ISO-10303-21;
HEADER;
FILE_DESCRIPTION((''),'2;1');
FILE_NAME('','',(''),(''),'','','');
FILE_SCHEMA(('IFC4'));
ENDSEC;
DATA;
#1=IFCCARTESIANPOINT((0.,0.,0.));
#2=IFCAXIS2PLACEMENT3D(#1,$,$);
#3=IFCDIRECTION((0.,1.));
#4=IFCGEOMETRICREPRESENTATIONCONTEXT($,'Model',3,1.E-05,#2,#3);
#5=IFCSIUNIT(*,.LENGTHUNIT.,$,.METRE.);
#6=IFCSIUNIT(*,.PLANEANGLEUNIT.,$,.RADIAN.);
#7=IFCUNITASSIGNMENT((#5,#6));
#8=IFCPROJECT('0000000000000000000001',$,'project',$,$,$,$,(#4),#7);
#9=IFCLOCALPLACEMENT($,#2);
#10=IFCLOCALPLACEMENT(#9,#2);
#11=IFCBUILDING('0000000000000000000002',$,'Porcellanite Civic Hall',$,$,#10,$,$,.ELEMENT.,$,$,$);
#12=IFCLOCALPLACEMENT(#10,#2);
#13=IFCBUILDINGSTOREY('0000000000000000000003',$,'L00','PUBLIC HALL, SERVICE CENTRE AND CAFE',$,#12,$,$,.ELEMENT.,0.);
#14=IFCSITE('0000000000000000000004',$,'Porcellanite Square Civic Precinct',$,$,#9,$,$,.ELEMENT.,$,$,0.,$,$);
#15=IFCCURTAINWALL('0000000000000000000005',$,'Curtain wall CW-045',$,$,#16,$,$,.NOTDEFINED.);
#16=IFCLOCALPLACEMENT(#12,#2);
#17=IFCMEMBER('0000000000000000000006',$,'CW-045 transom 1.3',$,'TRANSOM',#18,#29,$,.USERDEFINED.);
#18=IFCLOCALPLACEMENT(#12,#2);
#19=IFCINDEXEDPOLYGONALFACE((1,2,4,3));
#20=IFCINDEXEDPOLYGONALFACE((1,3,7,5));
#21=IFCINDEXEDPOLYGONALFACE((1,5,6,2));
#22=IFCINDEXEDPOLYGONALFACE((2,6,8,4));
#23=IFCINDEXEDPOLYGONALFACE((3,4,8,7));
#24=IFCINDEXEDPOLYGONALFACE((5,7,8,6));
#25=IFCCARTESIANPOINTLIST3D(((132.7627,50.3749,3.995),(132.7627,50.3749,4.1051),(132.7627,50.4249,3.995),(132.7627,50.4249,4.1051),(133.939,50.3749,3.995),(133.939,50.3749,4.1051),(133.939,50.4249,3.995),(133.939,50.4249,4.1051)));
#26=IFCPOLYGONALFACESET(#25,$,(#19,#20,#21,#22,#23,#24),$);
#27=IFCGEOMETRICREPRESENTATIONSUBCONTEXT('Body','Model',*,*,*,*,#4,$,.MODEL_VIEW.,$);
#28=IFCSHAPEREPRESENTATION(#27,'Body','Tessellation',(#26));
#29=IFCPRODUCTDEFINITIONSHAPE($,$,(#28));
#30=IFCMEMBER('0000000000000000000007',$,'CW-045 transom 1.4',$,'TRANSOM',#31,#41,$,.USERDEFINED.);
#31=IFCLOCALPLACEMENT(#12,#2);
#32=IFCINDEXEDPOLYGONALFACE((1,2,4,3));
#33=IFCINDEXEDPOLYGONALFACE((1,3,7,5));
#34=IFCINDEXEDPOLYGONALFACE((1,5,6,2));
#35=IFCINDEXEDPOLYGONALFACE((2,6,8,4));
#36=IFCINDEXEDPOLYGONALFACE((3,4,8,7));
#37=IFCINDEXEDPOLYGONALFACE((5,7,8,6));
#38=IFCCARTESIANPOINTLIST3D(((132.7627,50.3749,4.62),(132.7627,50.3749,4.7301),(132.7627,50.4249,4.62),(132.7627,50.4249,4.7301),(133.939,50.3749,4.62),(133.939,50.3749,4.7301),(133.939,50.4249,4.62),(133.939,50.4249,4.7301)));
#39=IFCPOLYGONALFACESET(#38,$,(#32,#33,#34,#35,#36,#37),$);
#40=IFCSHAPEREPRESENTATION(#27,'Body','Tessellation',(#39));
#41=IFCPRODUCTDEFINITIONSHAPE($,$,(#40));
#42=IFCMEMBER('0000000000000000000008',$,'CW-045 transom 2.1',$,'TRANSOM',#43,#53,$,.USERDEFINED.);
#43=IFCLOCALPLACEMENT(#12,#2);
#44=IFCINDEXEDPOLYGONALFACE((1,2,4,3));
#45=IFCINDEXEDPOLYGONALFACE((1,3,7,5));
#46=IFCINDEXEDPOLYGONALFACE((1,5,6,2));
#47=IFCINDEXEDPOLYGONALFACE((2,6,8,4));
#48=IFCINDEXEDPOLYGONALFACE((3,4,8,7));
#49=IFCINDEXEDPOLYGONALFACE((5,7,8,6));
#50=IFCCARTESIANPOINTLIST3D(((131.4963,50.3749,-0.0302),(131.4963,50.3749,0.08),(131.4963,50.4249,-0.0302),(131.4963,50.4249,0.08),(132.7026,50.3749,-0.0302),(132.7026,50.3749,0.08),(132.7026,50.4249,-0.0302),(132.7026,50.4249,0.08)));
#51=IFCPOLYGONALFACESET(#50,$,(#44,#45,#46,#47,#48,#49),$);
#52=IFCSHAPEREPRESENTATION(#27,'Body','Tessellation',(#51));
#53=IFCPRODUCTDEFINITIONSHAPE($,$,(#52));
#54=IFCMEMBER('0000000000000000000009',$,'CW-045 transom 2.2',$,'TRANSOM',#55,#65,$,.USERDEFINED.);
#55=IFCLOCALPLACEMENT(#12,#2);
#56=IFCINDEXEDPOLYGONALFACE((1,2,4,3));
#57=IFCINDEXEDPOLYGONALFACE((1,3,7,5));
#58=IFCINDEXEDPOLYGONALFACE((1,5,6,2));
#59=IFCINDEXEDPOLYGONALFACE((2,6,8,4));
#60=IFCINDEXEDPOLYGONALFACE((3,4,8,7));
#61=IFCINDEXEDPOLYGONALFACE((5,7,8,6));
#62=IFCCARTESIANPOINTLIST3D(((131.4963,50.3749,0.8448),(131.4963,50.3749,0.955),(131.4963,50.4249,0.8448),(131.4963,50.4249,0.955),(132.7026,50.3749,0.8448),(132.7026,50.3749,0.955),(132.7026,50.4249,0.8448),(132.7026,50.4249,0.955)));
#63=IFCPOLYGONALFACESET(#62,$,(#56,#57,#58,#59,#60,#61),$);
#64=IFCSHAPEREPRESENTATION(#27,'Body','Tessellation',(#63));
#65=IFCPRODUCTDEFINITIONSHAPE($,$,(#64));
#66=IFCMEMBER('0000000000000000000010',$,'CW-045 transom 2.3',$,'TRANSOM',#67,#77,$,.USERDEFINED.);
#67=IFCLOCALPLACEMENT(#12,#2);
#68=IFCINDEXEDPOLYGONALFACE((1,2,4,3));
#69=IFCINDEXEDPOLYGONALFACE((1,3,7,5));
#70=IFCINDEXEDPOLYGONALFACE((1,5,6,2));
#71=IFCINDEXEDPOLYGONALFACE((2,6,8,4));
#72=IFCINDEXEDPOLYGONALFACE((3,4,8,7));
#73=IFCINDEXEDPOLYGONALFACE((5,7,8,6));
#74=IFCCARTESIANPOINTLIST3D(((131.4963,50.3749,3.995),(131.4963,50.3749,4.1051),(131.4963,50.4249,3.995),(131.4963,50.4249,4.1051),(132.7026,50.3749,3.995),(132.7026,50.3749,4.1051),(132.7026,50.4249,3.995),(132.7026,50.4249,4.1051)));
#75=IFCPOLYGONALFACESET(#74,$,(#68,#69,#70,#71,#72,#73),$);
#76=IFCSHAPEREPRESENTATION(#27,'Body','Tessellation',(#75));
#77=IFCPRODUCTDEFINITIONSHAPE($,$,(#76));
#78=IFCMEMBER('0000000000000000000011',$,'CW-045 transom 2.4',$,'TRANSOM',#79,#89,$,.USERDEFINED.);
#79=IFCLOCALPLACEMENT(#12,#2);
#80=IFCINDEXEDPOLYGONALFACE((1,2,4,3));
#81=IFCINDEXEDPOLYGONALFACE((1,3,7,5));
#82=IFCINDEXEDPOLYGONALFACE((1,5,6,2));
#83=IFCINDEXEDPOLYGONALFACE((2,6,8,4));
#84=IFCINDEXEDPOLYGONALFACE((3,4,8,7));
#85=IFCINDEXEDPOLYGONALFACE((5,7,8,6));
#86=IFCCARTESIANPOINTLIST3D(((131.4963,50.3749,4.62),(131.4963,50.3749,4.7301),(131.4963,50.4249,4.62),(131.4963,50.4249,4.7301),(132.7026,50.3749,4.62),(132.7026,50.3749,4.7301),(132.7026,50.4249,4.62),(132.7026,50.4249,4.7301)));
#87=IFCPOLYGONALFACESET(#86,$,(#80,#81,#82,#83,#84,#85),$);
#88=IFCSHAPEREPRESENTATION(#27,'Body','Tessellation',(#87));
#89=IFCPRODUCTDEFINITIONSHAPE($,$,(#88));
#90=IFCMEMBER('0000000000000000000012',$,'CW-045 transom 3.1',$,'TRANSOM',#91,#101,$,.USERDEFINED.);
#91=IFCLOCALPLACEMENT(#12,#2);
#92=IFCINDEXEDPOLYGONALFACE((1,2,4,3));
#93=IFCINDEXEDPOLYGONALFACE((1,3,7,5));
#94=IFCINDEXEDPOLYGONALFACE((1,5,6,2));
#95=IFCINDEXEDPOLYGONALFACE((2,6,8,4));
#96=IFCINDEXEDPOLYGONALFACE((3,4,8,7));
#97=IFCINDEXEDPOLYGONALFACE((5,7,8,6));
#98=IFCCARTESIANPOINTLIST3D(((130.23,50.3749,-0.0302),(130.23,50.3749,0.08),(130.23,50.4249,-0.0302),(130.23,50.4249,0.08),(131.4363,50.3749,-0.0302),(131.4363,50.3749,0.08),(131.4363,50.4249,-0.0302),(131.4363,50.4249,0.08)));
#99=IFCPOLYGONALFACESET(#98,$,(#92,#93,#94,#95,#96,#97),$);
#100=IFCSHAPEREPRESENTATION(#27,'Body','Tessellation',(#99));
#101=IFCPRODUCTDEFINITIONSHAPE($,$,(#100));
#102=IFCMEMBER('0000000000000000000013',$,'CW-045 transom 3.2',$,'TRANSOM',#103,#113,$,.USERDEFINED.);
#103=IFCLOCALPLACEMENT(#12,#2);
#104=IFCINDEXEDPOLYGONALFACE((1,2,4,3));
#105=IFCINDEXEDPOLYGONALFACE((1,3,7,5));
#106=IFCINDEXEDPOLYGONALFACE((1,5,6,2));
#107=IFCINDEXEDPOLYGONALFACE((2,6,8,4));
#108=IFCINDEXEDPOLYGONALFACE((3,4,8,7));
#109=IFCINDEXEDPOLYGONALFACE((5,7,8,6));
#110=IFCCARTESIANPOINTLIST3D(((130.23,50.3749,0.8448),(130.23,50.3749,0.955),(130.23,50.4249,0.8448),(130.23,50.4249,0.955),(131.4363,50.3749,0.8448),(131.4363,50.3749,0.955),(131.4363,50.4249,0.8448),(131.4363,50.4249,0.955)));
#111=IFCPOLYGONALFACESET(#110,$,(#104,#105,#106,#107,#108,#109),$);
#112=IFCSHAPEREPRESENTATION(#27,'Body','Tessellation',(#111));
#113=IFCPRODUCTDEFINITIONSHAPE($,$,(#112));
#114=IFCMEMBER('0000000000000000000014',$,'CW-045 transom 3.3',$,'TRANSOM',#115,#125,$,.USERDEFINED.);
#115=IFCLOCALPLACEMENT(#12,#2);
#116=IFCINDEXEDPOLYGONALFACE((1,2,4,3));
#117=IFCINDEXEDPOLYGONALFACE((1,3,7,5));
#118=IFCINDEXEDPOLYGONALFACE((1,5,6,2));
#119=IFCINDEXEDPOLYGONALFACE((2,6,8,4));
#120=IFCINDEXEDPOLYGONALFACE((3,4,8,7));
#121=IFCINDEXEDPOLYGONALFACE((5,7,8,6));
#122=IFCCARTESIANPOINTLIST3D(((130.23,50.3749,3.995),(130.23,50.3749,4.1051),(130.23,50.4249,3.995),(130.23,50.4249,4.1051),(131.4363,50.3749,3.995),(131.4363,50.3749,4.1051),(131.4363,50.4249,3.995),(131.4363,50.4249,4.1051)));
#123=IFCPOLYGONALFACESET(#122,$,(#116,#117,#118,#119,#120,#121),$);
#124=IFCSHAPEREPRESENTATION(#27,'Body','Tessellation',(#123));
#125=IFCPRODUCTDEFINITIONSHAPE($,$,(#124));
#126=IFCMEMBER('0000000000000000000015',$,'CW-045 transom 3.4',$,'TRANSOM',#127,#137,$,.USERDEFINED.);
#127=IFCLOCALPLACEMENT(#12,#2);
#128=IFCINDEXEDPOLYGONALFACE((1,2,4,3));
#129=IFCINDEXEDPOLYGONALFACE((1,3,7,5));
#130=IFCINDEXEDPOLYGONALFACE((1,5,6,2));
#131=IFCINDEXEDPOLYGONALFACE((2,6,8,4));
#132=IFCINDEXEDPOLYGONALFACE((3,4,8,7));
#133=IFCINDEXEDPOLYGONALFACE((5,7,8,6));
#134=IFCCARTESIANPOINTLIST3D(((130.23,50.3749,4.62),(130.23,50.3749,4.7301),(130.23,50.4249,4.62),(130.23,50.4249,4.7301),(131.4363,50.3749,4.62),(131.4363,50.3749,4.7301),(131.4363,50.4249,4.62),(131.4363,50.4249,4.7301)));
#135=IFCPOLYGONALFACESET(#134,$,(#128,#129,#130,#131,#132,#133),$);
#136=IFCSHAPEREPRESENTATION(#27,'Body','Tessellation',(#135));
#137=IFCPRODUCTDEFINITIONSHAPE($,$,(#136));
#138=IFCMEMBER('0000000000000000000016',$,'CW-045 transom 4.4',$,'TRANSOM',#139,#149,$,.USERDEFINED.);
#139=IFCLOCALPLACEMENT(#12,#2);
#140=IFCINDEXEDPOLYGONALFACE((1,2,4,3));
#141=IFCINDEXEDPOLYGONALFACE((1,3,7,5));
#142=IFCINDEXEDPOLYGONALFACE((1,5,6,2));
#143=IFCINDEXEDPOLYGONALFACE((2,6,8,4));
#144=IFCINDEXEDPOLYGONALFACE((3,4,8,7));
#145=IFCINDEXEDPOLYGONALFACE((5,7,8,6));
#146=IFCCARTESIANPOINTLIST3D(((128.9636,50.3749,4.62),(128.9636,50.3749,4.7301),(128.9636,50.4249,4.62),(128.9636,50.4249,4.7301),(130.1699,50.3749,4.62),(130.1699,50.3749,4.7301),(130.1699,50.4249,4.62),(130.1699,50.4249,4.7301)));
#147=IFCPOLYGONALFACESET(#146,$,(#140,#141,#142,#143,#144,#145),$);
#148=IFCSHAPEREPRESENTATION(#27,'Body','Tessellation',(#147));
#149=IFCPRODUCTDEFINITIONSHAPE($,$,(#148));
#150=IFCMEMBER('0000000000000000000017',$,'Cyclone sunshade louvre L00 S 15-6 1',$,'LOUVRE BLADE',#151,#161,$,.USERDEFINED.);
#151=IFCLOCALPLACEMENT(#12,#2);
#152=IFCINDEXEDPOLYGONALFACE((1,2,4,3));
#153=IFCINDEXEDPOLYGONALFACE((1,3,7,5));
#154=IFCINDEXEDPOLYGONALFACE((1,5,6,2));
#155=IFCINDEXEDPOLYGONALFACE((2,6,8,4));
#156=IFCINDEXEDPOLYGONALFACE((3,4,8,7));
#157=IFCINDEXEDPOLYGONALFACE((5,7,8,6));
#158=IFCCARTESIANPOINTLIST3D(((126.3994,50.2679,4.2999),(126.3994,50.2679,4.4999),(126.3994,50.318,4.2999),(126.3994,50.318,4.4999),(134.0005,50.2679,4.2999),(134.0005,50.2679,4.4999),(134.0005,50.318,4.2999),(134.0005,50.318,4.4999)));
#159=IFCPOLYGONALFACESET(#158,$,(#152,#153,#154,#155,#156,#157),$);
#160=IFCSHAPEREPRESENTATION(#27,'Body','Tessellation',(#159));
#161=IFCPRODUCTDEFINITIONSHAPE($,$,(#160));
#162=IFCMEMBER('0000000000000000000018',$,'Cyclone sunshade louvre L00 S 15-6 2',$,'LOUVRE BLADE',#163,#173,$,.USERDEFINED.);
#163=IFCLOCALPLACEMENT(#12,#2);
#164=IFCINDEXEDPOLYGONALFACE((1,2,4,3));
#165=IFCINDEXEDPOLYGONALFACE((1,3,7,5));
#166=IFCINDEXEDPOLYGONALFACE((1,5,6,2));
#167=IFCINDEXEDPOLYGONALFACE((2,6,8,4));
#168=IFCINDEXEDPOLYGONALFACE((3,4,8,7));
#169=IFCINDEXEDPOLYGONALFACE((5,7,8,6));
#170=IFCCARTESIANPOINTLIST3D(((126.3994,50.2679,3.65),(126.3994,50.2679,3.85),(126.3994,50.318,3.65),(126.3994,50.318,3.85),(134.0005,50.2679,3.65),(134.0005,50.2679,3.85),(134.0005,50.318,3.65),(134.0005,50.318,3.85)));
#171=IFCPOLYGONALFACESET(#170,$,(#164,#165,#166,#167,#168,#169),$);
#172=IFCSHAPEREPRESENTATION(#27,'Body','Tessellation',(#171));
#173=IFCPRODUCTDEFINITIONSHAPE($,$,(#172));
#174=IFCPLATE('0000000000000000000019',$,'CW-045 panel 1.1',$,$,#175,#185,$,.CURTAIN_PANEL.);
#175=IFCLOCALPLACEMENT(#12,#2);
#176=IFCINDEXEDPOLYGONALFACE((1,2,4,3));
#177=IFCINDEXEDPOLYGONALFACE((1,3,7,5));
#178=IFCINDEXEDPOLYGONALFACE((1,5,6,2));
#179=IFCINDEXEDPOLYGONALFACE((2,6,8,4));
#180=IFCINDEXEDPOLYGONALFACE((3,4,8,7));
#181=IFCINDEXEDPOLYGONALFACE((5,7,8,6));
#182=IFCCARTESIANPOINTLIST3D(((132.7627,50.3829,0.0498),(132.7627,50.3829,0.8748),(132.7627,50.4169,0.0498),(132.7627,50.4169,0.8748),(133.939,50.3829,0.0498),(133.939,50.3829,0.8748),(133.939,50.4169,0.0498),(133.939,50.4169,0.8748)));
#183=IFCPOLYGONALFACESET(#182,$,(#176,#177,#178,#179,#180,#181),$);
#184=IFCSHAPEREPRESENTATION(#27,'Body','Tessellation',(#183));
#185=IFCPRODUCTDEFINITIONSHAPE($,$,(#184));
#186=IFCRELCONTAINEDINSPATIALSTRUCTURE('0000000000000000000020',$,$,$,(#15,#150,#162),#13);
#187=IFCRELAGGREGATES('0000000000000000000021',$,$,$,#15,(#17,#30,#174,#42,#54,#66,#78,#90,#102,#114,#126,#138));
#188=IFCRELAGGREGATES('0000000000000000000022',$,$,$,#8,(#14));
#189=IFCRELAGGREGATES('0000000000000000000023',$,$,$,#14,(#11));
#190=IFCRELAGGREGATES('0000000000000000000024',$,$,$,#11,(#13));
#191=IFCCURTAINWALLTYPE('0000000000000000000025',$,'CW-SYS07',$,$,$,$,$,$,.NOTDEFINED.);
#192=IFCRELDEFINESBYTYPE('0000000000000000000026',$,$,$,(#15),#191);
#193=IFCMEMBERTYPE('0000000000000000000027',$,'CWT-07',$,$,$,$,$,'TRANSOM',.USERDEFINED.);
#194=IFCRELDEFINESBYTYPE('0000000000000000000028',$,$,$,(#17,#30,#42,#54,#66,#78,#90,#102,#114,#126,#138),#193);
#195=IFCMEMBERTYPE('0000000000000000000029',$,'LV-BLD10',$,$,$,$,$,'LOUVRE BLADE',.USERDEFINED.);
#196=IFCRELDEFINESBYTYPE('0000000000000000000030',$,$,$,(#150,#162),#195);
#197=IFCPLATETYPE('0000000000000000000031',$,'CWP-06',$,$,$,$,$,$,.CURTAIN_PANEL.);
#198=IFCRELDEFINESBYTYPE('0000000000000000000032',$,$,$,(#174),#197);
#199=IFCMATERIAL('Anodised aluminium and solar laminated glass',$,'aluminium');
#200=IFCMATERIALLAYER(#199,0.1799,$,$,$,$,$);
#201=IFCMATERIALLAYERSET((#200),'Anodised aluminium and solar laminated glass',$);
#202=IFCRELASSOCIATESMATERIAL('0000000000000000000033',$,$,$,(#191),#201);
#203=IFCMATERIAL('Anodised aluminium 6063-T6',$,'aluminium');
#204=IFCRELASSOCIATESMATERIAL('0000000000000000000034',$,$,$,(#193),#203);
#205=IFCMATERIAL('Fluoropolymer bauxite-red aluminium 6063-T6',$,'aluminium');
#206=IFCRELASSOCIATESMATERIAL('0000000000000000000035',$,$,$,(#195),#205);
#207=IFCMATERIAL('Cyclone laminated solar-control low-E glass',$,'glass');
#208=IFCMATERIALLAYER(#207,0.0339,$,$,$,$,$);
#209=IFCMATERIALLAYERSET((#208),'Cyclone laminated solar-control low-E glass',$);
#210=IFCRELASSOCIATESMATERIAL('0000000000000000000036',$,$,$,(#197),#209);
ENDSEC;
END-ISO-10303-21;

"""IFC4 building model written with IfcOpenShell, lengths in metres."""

from ifc_helpers import new_model, si_unit, direction, frame, origin, origin_2d, place, context, subcontext, project, spatial, rectangle, extrude, material, layer, layer_set, material_profile, profile_set, type_object, element, aggregate, save


model = new_model("IFC4")

# Units and contexts
model_context = context("Model", 3, precision=1e-05, world=origin(), true_north=direction((0.0, 1.0)))
body_context = subcontext(model_context, "Body", "Model", "MODEL_VIEW")
ifc_project = project(units=[si_unit("LENGTHUNIT", "METRE"), si_unit("PLANEANGLEUNIT", "RADIAN")], contexts=[model_context])

# Site, building, storey
site_placement = place(None, origin())
site = spatial("IfcSite", under=ifc_project, at=site_placement, Name="Porcellanite Square Civic Precinct", CompositionType="ELEMENT", RefElevation=0.0)
building_placement = place(site_placement, origin())
building = spatial("IfcBuilding", under=site, at=building_placement, Name="Porcellanite Civic Hall", CompositionType="ELEMENT")
storey_placement = place(building_placement, origin())
storey = spatial("IfcBuildingStorey", under=building, at=storey_placement, Name="L00", Description="PUBLIC HALL, SERVICE CENTRE AND CAFE", CompositionType="ELEMENT", Elevation=0.0)

# Curtain wall, members
ifc_material_1 = material(Name="Anodised aluminium and solar laminated glass", Category="aluminium")
ifc_layer_1 = layer(ifc_material_1, 0.1799)
ifc_layer_set_1 = layer_set([ifc_layer_1], Name="Anodised aluminium and solar laminated glass")
curtain_wall_type = type_object("IfcCurtainWallType", Name="CW-SYS07", PredefinedType="NOTDEFINED", material=ifc_layer_set_1)
curtain_wall_placement = place(storey_placement, origin())
curtain_wall = element("IfcCurtainWall", 1, at=curtain_wall_placement, inside=storey, type_object=curtain_wall_type, Name="Curtain wall CW-045", PredefinedType="NOTDEFINED")
ifc_material_2 = material(Name="Anodised aluminium 6063-T6", Category="aluminium")
ifc_material_profile_1 = material_profile(ifc_material_2, rectangle(XDim=0.05, YDim=0.1101, at=origin_2d()), Name="AL-50x110")
ifc_profile_set_1 = profile_set([ifc_material_profile_1], Name="Anodised aluminium 6063-T6")
member_type_1 = type_object("IfcMemberType", Name="CWT-07", ElementType="TRANSOM", PredefinedType="USERDEFINED", material=ifc_profile_set_1)
member_1_placement = place(storey_placement, frame((133.939, 50.3999, 4.05), z_axis=(-1.0, 0.0, 0.0), x_axis=(0.0, -1.0, 0.0)))
member_1 = element("IfcMember", 2, at=member_1_placement, type_object=member_type_1, Name="CW-045 transom 1.3", ObjectType="TRANSOM", PredefinedType="USERDEFINED", context=body_context, shape_type="SweptSolid", body=[
    extrude(rectangle(XDim=0.05, YDim=0.1101, at=origin_2d()), origin(), (0.0, 0.0, 1.0), 1.1763),
])
member_2_placement = place(storey_placement, frame((133.939, 50.3999, 4.675), z_axis=(-1.0, 0.0, 0.0), x_axis=(0.0, -1.0, 0.0)))
member_2 = element("IfcMember", 3, at=member_2_placement, type_object=member_type_1, Name="CW-045 transom 1.4", ObjectType="TRANSOM", PredefinedType="USERDEFINED", context=body_context, shape_type="SweptSolid", body=[
    extrude(rectangle(XDim=0.05, YDim=0.1101, at=origin_2d()), origin(), (0.0, 0.0, 1.0), 1.1763),
])
member_3_placement = place(storey_placement, frame((132.7026, 50.3999, 0.0249), z_axis=(-1.0, 0.0, 0.0), x_axis=(0.0, -1.0, 0.0)))
member_3 = element("IfcMember", 4, at=member_3_placement, type_object=member_type_1, Name="CW-045 transom 2.1", ObjectType="TRANSOM", PredefinedType="USERDEFINED", context=body_context, shape_type="SweptSolid", body=[
    extrude(rectangle(XDim=0.05, YDim=0.1101, at=origin_2d()), origin(), (0.0, 0.0, 1.0), 1.2063),
])
member_4_placement = place(storey_placement, frame((132.7026, 50.3999, 0.8999), z_axis=(-1.0, 0.0, 0.0), x_axis=(0.0, -1.0, 0.0)))
member_4 = element("IfcMember", 5, at=member_4_placement, type_object=member_type_1, Name="CW-045 transom 2.2", ObjectType="TRANSOM", PredefinedType="USERDEFINED", context=body_context, shape_type="SweptSolid", body=[
    extrude(rectangle(XDim=0.05, YDim=0.1101, at=origin_2d()), origin(), (0.0, 0.0, 1.0), 1.2063),
])
member_5_placement = place(storey_placement, frame((132.7026, 50.3999, 4.05), z_axis=(-1.0, 0.0, 0.0), x_axis=(0.0, -1.0, 0.0)))
member_5 = element("IfcMember", 6, at=member_5_placement, type_object=member_type_1, Name="CW-045 transom 2.3", ObjectType="TRANSOM", PredefinedType="USERDEFINED", context=body_context, shape_type="SweptSolid", body=[
    extrude(rectangle(XDim=0.05, YDim=0.1101, at=origin_2d()), origin(), (0.0, 0.0, 1.0), 1.2063),
])
member_6_placement = place(storey_placement, frame((132.7026, 50.3999, 4.675), z_axis=(-1.0, 0.0, 0.0), x_axis=(0.0, -1.0, 0.0)))
member_6 = element("IfcMember", 7, at=member_6_placement, type_object=member_type_1, Name="CW-045 transom 2.4", ObjectType="TRANSOM", PredefinedType="USERDEFINED", context=body_context, shape_type="SweptSolid", body=[
    extrude(rectangle(XDim=0.05, YDim=0.1101, at=origin_2d()), origin(), (0.0, 0.0, 1.0), 1.2063),
])
member_7_placement = place(storey_placement, frame((131.4363, 50.3999, 0.0249), z_axis=(-1.0, 0.0, 0.0), x_axis=(0.0, -1.0, 0.0)))
member_7 = element("IfcMember", 8, at=member_7_placement, type_object=member_type_1, Name="CW-045 transom 3.1", ObjectType="TRANSOM", PredefinedType="USERDEFINED", context=body_context, shape_type="SweptSolid", body=[
    extrude(rectangle(XDim=0.05, YDim=0.1101, at=origin_2d()), origin(), (0.0, 0.0, 1.0), 1.2063),
])
member_8_placement = place(storey_placement, frame((131.4363, 50.3999, 0.8999), z_axis=(-1.0, 0.0, 0.0), x_axis=(0.0, -1.0, 0.0)))
member_8 = element("IfcMember", 9, at=member_8_placement, type_object=member_type_1, Name="CW-045 transom 3.2", ObjectType="TRANSOM", PredefinedType="USERDEFINED", context=body_context, shape_type="SweptSolid", body=[
    extrude(rectangle(XDim=0.05, YDim=0.1101, at=origin_2d()), origin(), (0.0, 0.0, 1.0), 1.2063),
])
member_9_placement = place(storey_placement, frame((131.4363, 50.3999, 4.05), z_axis=(-1.0, 0.0, 0.0), x_axis=(0.0, -1.0, 0.0)))
member_9 = element("IfcMember", 10, at=member_9_placement, type_object=member_type_1, Name="CW-045 transom 3.3", ObjectType="TRANSOM", PredefinedType="USERDEFINED", context=body_context, shape_type="SweptSolid", body=[
    extrude(rectangle(XDim=0.05, YDim=0.1101, at=origin_2d()), origin(), (0.0, 0.0, 1.0), 1.2063),
])
member_10_placement = place(storey_placement, frame((131.4363, 50.3999, 4.675), z_axis=(-1.0, 0.0, 0.0), x_axis=(0.0, -1.0, 0.0)))
member_10 = element("IfcMember", 11, at=member_10_placement, type_object=member_type_1, Name="CW-045 transom 3.4", ObjectType="TRANSOM", PredefinedType="USERDEFINED", context=body_context, shape_type="SweptSolid", body=[
    extrude(rectangle(XDim=0.05, YDim=0.1101, at=origin_2d()), origin(), (0.0, 0.0, 1.0), 1.2063),
])
member_11_placement = place(storey_placement, frame((130.1699, 50.3999, 4.675), z_axis=(-1.0, 0.0, 0.0), x_axis=(0.0, -1.0, 0.0)))
member_11 = element("IfcMember", 12, at=member_11_placement, type_object=member_type_1, Name="CW-045 transom 4.4", ObjectType="TRANSOM", PredefinedType="USERDEFINED", context=body_context, shape_type="SweptSolid", body=[
    extrude(rectangle(XDim=0.05, YDim=0.1101, at=origin_2d()), origin(), (0.0, 0.0, 1.0), 1.2063),
])

# Members
ifc_material_3 = material(Name="Fluoropolymer bauxite-red aluminium 6063-T6", Category="aluminium")
ifc_material_profile_2 = material_profile(ifc_material_3, rectangle(XDim=0.05, YDim=0.2, at=origin_2d()), Name="AL-50x200")
ifc_profile_set_2 = profile_set([ifc_material_profile_2], Name="Fluoropolymer bauxite-red aluminium 6063-T6")
member_type_2 = type_object("IfcMemberType", Name="LV-BLD10", ElementType="LOUVRE BLADE", PredefinedType="USERDEFINED", material=ifc_profile_set_2)
for number, where, z_axis, x_axis, name in (
    (13, (134.0005, 50.293, 4.3999), (-1.0, 0.0, 0.0), (0.0, -1.0, 0.0), "Cyclone sunshade louvre L00 S 15-6 1"),
    (14, (134.0005, 50.293, 3.75), (-1.0, 0.0, 0.0), (0.0, -1.0, 0.0), "Cyclone sunshade louvre L00 S 15-6 2"),
):
    element("IfcMember", number, at=place(storey_placement, frame(where, z_axis=z_axis, x_axis=x_axis)), inside=storey, type_object=member_type_2, Name=name, ObjectType="LOUVRE BLADE", PredefinedType="USERDEFINED", context=body_context, shape_type="SweptSolid", body=[
        extrude(rectangle(XDim=0.05, YDim=0.2, at=origin_2d()), origin(), (0.0, 0.0, 1.0), 7.6011),
    ])

# Plate
ifc_material_4 = material(Name="Cyclone laminated solar-control low-E glass", Category="glass")
ifc_layer_2 = layer(ifc_material_4, 0.0339)
ifc_layer_set_2 = layer_set([ifc_layer_2], Name="Cyclone laminated solar-control low-E glass")
plate_type = type_object("IfcPlateType", Name="CWP-06", PredefinedType="CURTAIN_PANEL", material=ifc_layer_set_2)
plate_1_placement = place(storey_placement, frame((133.3508, 50.3999, 0.0498), z_axis=(0.0, 0.0, 1.0), x_axis=(-1.0, 0.0, 0.0)))
plate_1 = element("IfcPlate", 15, at=plate_1_placement, type_object=plate_type, Name="CW-045 panel 1.1", PredefinedType="CURTAIN_PANEL", context=body_context, shape_type="SweptSolid", body=[
    extrude(rectangle(XDim=1.1763, YDim=0.0339, at=origin_2d()), origin(), (0.0, 0.0, 1.0), 0.825),
])
aggregate(curtain_wall, [member_1, member_2, plate_1, member_3, member_4, member_5, member_6, member_7, member_8, member_9, member_10, member_11])

save(model, "model.ifc")
